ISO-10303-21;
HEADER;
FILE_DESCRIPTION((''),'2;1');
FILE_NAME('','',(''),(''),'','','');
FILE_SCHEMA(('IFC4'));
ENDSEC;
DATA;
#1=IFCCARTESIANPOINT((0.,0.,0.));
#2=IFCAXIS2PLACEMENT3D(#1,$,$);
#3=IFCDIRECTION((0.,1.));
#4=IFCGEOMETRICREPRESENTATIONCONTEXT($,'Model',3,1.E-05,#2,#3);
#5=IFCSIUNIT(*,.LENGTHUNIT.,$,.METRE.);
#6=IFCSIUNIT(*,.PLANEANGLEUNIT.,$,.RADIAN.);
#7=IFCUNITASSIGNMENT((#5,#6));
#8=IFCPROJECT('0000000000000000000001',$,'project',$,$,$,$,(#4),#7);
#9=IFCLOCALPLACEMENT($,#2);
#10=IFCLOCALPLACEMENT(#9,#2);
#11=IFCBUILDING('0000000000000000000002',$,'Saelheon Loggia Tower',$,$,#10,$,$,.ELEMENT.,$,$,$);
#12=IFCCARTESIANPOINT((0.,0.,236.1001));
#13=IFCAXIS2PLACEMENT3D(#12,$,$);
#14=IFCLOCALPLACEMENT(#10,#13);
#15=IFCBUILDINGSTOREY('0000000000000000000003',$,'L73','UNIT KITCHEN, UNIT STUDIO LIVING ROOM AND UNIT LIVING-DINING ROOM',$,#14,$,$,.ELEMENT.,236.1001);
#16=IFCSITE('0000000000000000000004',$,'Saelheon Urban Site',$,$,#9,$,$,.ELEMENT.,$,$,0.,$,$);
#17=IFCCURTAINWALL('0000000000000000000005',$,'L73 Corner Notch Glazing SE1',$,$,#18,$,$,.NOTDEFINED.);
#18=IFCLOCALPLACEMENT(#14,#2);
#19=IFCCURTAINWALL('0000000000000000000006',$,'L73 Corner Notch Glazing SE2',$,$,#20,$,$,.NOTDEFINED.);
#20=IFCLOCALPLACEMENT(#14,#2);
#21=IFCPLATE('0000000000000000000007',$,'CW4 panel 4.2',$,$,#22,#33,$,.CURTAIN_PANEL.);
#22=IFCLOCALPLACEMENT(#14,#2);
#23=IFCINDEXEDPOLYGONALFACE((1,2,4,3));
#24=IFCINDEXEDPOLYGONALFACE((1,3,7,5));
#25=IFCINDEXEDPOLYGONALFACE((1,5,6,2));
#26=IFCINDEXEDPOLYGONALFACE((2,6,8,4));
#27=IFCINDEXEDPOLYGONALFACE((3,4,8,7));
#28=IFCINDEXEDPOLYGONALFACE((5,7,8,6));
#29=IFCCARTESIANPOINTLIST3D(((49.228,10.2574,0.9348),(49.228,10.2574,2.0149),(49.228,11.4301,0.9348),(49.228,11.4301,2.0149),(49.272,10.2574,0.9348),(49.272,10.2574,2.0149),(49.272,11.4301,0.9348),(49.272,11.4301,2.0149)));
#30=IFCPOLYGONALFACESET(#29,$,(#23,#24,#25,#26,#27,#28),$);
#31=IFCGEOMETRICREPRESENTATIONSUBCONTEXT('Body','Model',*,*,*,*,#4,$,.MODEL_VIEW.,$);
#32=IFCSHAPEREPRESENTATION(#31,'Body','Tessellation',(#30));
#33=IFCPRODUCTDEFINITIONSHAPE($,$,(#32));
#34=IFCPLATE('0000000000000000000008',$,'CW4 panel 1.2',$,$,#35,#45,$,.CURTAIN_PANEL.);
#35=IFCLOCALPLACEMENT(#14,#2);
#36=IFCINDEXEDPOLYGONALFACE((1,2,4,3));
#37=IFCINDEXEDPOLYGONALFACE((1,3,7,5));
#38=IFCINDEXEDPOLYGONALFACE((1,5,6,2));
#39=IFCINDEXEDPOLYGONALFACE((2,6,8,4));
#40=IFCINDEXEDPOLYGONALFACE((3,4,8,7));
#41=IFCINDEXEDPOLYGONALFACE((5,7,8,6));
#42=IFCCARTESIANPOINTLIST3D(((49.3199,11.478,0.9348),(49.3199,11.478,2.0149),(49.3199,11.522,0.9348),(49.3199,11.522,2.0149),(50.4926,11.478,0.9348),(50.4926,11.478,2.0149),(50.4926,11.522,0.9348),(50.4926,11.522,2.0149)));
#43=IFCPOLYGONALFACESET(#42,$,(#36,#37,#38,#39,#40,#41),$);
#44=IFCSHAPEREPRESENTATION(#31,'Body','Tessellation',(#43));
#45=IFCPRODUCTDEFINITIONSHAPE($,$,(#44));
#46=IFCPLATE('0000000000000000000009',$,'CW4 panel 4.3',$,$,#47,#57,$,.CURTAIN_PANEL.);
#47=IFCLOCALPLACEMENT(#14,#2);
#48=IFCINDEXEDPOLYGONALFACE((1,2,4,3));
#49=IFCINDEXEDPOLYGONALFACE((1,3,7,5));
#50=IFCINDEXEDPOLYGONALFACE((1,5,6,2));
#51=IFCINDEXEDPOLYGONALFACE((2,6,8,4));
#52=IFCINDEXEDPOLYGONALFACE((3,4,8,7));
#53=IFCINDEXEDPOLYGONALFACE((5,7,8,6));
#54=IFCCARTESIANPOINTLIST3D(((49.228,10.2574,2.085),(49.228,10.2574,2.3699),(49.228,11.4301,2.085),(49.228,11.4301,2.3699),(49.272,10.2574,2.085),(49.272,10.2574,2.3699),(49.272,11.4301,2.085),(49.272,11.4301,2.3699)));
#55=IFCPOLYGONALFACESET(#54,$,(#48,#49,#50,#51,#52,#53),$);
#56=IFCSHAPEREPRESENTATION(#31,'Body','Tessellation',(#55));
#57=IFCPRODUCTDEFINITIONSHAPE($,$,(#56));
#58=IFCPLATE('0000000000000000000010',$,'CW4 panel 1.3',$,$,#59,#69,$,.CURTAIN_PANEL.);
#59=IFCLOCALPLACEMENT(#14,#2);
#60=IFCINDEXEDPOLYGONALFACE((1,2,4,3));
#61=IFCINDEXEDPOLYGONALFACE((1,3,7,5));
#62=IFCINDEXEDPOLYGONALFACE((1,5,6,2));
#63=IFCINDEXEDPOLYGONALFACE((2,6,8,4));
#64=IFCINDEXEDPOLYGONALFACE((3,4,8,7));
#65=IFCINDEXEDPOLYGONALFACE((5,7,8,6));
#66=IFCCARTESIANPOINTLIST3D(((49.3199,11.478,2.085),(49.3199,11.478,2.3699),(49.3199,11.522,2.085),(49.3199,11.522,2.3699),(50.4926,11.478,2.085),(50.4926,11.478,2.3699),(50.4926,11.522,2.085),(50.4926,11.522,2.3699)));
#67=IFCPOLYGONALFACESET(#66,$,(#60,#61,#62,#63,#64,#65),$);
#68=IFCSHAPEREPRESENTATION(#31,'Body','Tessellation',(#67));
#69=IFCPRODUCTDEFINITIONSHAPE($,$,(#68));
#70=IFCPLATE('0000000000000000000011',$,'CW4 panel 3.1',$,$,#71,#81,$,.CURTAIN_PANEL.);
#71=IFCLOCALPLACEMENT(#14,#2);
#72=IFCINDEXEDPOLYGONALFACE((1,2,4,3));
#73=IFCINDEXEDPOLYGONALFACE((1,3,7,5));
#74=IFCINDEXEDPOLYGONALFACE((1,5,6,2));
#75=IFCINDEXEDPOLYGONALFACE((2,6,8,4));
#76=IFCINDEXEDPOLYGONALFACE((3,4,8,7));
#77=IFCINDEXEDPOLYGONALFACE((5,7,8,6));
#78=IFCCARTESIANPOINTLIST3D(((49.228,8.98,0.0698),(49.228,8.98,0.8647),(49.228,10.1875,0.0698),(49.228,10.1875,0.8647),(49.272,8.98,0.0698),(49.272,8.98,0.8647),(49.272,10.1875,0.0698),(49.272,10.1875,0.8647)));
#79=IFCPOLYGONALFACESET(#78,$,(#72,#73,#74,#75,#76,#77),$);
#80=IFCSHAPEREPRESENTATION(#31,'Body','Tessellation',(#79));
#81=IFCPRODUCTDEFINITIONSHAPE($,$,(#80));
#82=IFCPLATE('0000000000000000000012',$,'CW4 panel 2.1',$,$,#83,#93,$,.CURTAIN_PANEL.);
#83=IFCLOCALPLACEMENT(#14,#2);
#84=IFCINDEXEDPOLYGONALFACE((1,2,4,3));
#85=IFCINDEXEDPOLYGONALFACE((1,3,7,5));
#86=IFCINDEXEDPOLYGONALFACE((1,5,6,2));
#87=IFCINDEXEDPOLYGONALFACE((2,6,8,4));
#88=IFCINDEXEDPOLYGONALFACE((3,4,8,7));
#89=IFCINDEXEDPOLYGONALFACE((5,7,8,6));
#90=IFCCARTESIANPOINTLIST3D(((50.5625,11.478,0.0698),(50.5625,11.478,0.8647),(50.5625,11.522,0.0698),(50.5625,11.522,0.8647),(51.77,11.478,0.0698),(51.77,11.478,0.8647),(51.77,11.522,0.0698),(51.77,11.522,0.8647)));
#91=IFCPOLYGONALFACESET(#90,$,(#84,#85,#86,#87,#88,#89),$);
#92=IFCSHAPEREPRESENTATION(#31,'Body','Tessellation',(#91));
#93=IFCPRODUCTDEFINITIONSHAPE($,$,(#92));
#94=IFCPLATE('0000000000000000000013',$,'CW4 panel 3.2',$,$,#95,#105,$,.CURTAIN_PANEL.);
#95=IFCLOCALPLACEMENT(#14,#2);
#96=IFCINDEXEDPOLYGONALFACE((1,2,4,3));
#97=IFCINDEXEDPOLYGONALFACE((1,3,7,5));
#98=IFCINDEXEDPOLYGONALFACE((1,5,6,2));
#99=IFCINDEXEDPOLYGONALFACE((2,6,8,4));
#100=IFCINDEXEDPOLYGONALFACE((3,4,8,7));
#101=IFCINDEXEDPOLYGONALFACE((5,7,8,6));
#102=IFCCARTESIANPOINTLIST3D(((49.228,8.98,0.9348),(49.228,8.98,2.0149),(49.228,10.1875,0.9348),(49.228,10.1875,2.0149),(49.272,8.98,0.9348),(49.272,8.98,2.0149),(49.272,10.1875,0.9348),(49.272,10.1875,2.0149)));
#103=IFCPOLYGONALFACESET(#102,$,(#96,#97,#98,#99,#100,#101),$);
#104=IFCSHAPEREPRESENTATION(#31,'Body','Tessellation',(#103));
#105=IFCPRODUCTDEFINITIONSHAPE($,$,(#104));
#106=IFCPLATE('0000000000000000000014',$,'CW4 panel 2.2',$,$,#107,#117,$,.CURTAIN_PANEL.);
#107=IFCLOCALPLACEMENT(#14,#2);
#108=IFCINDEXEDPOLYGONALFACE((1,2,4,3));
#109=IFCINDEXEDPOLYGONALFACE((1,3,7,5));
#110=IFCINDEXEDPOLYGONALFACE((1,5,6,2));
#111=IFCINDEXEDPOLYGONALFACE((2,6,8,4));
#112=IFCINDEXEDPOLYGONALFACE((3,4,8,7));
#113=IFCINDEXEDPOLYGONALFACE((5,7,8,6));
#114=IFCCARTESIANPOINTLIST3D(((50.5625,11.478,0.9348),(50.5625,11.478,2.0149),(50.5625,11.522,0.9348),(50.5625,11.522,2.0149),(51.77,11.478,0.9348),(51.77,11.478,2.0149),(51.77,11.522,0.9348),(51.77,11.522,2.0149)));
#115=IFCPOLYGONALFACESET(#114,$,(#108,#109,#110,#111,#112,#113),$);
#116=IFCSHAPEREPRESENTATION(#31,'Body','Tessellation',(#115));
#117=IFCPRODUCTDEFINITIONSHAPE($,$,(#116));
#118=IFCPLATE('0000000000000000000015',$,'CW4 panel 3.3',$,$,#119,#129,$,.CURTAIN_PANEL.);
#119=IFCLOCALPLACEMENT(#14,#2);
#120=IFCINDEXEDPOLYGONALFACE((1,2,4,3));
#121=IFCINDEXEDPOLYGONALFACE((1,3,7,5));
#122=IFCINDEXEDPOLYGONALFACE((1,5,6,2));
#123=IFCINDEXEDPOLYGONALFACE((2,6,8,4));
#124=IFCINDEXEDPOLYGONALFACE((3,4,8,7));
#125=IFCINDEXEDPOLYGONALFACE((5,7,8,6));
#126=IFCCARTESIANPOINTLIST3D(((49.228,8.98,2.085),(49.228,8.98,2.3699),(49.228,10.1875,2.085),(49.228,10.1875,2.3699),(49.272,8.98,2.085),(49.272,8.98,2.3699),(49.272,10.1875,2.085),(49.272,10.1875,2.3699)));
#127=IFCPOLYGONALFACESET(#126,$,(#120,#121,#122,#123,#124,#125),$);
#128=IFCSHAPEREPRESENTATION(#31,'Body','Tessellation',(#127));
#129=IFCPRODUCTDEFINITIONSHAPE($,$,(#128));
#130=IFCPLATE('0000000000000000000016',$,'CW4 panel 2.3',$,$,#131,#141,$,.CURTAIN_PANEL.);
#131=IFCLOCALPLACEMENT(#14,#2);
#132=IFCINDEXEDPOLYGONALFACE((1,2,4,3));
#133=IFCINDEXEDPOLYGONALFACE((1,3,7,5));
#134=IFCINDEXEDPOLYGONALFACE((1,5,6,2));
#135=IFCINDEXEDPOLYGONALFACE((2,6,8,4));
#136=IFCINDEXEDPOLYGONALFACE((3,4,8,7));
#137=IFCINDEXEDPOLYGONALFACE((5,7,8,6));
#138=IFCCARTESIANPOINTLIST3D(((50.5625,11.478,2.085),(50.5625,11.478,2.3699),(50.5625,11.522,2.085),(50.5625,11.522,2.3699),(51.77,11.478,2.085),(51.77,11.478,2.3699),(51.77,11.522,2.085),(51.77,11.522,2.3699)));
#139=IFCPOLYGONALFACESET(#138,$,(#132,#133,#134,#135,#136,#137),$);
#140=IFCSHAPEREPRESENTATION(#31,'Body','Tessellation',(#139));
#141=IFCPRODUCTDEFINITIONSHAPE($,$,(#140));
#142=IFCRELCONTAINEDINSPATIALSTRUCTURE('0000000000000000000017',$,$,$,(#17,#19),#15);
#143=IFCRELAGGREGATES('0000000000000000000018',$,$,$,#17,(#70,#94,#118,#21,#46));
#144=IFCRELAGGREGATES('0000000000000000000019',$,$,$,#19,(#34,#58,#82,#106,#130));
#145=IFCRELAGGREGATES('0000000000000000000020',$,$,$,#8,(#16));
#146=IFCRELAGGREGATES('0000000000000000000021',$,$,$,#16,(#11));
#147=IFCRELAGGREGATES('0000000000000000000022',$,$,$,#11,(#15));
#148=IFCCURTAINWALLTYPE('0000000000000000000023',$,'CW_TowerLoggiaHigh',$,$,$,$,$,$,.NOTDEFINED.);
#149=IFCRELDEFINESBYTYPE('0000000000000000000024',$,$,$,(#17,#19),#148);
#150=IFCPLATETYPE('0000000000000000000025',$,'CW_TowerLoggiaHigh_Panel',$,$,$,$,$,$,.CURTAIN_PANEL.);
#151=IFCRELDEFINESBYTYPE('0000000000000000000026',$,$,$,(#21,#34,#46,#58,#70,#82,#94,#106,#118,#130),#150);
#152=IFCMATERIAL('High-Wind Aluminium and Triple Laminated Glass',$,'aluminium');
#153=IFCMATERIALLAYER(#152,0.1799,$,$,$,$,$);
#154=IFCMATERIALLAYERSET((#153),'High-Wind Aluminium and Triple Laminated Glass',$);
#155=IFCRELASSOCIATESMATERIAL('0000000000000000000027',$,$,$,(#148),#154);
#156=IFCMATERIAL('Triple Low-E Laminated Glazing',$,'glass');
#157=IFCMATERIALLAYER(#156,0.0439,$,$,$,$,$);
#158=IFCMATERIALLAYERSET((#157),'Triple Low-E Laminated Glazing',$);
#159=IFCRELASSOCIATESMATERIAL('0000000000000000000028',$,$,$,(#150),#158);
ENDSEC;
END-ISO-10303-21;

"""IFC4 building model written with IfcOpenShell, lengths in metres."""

from ifc_helpers import new_model, si_unit, direction, frame, origin, origin_2d, place, context, subcontext, project, spatial, rectangle, extrude, source, transform, mapped, material, layer, layer_set, type_object, element, aggregate, save


model = new_model("IFC4")

# Units and contexts
model_context = context("Model", 3, precision=1e-05, world=origin(), true_north=direction((0.0, 1.0)))
body_context = subcontext(model_context, "Body", "Model", "MODEL_VIEW")
ifc_project = project(units=[si_unit("LENGTHUNIT", "METRE"), si_unit("PLANEANGLEUNIT", "RADIAN")], contexts=[model_context])

# Site, building, storey
site_placement = place(None, origin())
site = spatial("IfcSite", under=ifc_project, at=site_placement, Name="Saelheon Urban Site", CompositionType="ELEMENT", RefElevation=0.0)
building_placement = place(site_placement, origin())
building = spatial("IfcBuilding", under=site, at=building_placement, Name="Saelheon Loggia Tower", CompositionType="ELEMENT")
storey_placement = place(building_placement, frame((0.0, 0.0, 236.1001)))
storey = spatial("IfcBuildingStorey", under=building, at=storey_placement, Name="L73", Description="UNIT KITCHEN, UNIT STUDIO LIVING ROOM AND UNIT LIVING-DINING ROOM", CompositionType="ELEMENT", Elevation=236.1001)

# Curtain walls
ifc_material_1 = material(Name="High-Wind Aluminium and Triple Laminated Glass", Category="aluminium")
ifc_layer_1 = layer(ifc_material_1, 0.1799)
ifc_layer_set_1 = layer_set([ifc_layer_1], Name="High-Wind Aluminium and Triple Laminated Glass")
curtain_wall_type = type_object("IfcCurtainWallType", Name="CW_TowerLoggiaHigh", PredefinedType="NOTDEFINED", material=ifc_layer_set_1)
curtain_wall_1_placement = place(storey_placement, origin())
curtain_wall_1 = element("IfcCurtainWall", 1, at=curtain_wall_1_placement, inside=storey, type_object=curtain_wall_type, Name="L73 Corner Notch Glazing SE1", PredefinedType="NOTDEFINED")
curtain_wall_2_placement = place(storey_placement, origin())
curtain_wall_2 = element("IfcCurtainWall", 2, at=curtain_wall_2_placement, inside=storey, type_object=curtain_wall_type, Name="L73 Corner Notch Glazing SE2", PredefinedType="NOTDEFINED")

# Plates
ifc_material_2 = material(Name="Triple Low-E Laminated Glazing", Category="glass")
ifc_layer_2 = layer(ifc_material_2, 0.0439)
ifc_layer_set_2 = layer_set([ifc_layer_2], Name="Triple Low-E Laminated Glazing")
plate_type = type_object("IfcPlateType", Name="CW_TowerLoggiaHigh_Panel", PredefinedType="CURTAIN_PANEL", material=ifc_layer_set_2)
shared_shape_1 = source(origin(), body_context, "Body", "SweptSolid", [
    extrude(rectangle(XDim=1.1726, YDim=0.0439, at=origin_2d()), origin(), (0.0, 0.0, 1.0), 1.0801),
])
plate_1_placement = place(storey_placement, frame((49.25, 10.8438, 0.9348), z_axis=(0.0, 0.0, 1.0), x_axis=(0.0, 1.0, 0.0)))
plate_1 = element("IfcPlate", 3, at=plate_1_placement, type_object=plate_type, Name="CW4 panel 4.2", PredefinedType="CURTAIN_PANEL", context=body_context, shape_type="MappedRepresentation", body=[
    mapped(shared_shape_1, transform((0.0, 0.0, 0.0), scale=1.0)),
])
plate_2_placement = place(storey_placement, frame((49.9062, 11.5, 0.9348), z_axis=(0.0, 0.0, 1.0), x_axis=(1.0, 0.0, 0.0)))
plate_2 = element("IfcPlate", 4, at=plate_2_placement, type_object=plate_type, Name="CW4 panel 1.2", PredefinedType="CURTAIN_PANEL", context=body_context, shape_type="MappedRepresentation", body=[
    mapped(shared_shape_1, transform((0.0, 0.0, 0.0), scale=1.0)),
])
shared_shape_2 = source(origin(), body_context, "Body", "SweptSolid", [
    extrude(rectangle(XDim=1.1726, YDim=0.0439, at=origin_2d()), origin(), (0.0, 0.0, 1.0), 0.2849),
])
plate_3_placement = place(storey_placement, frame((49.25, 10.8438, 2.085), z_axis=(0.0, 0.0, 1.0), x_axis=(0.0, 1.0, 0.0)))
plate_3 = element("IfcPlate", 5, at=plate_3_placement, type_object=plate_type, Name="CW4 panel 4.3", PredefinedType="CURTAIN_PANEL", context=body_context, shape_type="MappedRepresentation", body=[
    mapped(shared_shape_2, transform((0.0, 0.0, 0.0), scale=1.0)),
])
plate_4_placement = place(storey_placement, frame((49.9062, 11.5, 2.085), z_axis=(0.0, 0.0, 1.0), x_axis=(1.0, 0.0, 0.0)))
plate_4 = element("IfcPlate", 6, at=plate_4_placement, type_object=plate_type, Name="CW4 panel 1.3", PredefinedType="CURTAIN_PANEL", context=body_context, shape_type="MappedRepresentation", body=[
    mapped(shared_shape_2, transform((0.0, 0.0, 0.0), scale=1.0)),
])
shared_shape_3 = source(origin(), body_context, "Body", "SweptSolid", [
    extrude(rectangle(XDim=1.2075, YDim=0.0439, at=origin_2d()), origin(), (0.0, 0.0, 1.0), 0.7949),
])
plate_5_placement = place(storey_placement, frame((49.25, 9.5837, 0.0698), z_axis=(0.0, 0.0, 1.0), x_axis=(0.0, 1.0, 0.0)))
plate_5 = element("IfcPlate", 7, at=plate_5_placement, type_object=plate_type, Name="CW4 panel 3.1", PredefinedType="CURTAIN_PANEL", context=body_context, shape_type="MappedRepresentation", body=[
    mapped(shared_shape_3, transform((0.0, 0.0, 0.0), scale=1.0)),
])
plate_6_placement = place(storey_placement, frame((51.1663, 11.5, 0.0698), z_axis=(0.0, 0.0, 1.0), x_axis=(1.0, 0.0, 0.0)))
plate_6 = element("IfcPlate", 8, at=plate_6_placement, type_object=plate_type, Name="CW4 panel 2.1", PredefinedType="CURTAIN_PANEL", context=body_context, shape_type="MappedRepresentation", body=[
    mapped(shared_shape_3, transform((0.0, 0.0, 0.0), scale=1.0)),
])
shared_shape_4 = source(origin(), body_context, "Body", "SweptSolid", [
    extrude(rectangle(XDim=1.2075, YDim=0.0439, at=origin_2d()), origin(), (0.0, 0.0, 1.0), 1.0801),
])
plate_7_placement = place(storey_placement, frame((49.25, 9.5837, 0.9348), z_axis=(0.0, 0.0, 1.0), x_axis=(0.0, 1.0, 0.0)))
plate_7 = element("IfcPlate", 9, at=plate_7_placement, type_object=plate_type, Name="CW4 panel 3.2", PredefinedType="CURTAIN_PANEL", context=body_context, shape_type="MappedRepresentation", body=[
    mapped(shared_shape_4, transform((0.0, 0.0, 0.0), scale=1.0)),
])
plate_8_placement = place(storey_placement, frame((51.1663, 11.5, 0.9348), z_axis=(0.0, 0.0, 1.0), x_axis=(1.0, 0.0, 0.0)))
plate_8 = element("IfcPlate", 10, at=plate_8_placement, type_object=plate_type, Name="CW4 panel 2.2", PredefinedType="CURTAIN_PANEL", context=body_context, shape_type="MappedRepresentation", body=[
    mapped(shared_shape_4, transform((0.0, 0.0, 0.0), scale=1.0)),
])
shared_shape_5 = source(origin(), body_context, "Body", "SweptSolid", [
    extrude(rectangle(XDim=1.2075, YDim=0.0439, at=origin_2d()), origin(), (0.0, 0.0, 1.0), 0.2849),
])
plate_9_placement = place(storey_placement, frame((49.25, 9.5837, 2.085), z_axis=(0.0, 0.0, 1.0), x_axis=(0.0, 1.0, 0.0)))
plate_9 = element("IfcPlate", 11, at=plate_9_placement, type_object=plate_type, Name="CW4 panel 3.3", PredefinedType="CURTAIN_PANEL", context=body_context, shape_type="MappedRepresentation", body=[
    mapped(shared_shape_5, transform((0.0, 0.0, 0.0), scale=1.0)),
])
aggregate(curtain_wall_1, [plate_5, plate_7, plate_9, plate_1, plate_3])
plate_10_placement = place(storey_placement, frame((51.1663, 11.5, 2.085), z_axis=(0.0, 0.0, 1.0), x_axis=(1.0, 0.0, 0.0)))
plate_10 = element("IfcPlate", 12, at=plate_10_placement, type_object=plate_type, Name="CW4 panel 2.3", PredefinedType="CURTAIN_PANEL", context=body_context, shape_type="MappedRepresentation", body=[
    mapped(shared_shape_5, transform((0.0, 0.0, 0.0), scale=1.0)),
])
aggregate(curtain_wall_2, [plate_2, plate_4, plate_6, plate_8, plate_10])

save(model, "model.ifc")
